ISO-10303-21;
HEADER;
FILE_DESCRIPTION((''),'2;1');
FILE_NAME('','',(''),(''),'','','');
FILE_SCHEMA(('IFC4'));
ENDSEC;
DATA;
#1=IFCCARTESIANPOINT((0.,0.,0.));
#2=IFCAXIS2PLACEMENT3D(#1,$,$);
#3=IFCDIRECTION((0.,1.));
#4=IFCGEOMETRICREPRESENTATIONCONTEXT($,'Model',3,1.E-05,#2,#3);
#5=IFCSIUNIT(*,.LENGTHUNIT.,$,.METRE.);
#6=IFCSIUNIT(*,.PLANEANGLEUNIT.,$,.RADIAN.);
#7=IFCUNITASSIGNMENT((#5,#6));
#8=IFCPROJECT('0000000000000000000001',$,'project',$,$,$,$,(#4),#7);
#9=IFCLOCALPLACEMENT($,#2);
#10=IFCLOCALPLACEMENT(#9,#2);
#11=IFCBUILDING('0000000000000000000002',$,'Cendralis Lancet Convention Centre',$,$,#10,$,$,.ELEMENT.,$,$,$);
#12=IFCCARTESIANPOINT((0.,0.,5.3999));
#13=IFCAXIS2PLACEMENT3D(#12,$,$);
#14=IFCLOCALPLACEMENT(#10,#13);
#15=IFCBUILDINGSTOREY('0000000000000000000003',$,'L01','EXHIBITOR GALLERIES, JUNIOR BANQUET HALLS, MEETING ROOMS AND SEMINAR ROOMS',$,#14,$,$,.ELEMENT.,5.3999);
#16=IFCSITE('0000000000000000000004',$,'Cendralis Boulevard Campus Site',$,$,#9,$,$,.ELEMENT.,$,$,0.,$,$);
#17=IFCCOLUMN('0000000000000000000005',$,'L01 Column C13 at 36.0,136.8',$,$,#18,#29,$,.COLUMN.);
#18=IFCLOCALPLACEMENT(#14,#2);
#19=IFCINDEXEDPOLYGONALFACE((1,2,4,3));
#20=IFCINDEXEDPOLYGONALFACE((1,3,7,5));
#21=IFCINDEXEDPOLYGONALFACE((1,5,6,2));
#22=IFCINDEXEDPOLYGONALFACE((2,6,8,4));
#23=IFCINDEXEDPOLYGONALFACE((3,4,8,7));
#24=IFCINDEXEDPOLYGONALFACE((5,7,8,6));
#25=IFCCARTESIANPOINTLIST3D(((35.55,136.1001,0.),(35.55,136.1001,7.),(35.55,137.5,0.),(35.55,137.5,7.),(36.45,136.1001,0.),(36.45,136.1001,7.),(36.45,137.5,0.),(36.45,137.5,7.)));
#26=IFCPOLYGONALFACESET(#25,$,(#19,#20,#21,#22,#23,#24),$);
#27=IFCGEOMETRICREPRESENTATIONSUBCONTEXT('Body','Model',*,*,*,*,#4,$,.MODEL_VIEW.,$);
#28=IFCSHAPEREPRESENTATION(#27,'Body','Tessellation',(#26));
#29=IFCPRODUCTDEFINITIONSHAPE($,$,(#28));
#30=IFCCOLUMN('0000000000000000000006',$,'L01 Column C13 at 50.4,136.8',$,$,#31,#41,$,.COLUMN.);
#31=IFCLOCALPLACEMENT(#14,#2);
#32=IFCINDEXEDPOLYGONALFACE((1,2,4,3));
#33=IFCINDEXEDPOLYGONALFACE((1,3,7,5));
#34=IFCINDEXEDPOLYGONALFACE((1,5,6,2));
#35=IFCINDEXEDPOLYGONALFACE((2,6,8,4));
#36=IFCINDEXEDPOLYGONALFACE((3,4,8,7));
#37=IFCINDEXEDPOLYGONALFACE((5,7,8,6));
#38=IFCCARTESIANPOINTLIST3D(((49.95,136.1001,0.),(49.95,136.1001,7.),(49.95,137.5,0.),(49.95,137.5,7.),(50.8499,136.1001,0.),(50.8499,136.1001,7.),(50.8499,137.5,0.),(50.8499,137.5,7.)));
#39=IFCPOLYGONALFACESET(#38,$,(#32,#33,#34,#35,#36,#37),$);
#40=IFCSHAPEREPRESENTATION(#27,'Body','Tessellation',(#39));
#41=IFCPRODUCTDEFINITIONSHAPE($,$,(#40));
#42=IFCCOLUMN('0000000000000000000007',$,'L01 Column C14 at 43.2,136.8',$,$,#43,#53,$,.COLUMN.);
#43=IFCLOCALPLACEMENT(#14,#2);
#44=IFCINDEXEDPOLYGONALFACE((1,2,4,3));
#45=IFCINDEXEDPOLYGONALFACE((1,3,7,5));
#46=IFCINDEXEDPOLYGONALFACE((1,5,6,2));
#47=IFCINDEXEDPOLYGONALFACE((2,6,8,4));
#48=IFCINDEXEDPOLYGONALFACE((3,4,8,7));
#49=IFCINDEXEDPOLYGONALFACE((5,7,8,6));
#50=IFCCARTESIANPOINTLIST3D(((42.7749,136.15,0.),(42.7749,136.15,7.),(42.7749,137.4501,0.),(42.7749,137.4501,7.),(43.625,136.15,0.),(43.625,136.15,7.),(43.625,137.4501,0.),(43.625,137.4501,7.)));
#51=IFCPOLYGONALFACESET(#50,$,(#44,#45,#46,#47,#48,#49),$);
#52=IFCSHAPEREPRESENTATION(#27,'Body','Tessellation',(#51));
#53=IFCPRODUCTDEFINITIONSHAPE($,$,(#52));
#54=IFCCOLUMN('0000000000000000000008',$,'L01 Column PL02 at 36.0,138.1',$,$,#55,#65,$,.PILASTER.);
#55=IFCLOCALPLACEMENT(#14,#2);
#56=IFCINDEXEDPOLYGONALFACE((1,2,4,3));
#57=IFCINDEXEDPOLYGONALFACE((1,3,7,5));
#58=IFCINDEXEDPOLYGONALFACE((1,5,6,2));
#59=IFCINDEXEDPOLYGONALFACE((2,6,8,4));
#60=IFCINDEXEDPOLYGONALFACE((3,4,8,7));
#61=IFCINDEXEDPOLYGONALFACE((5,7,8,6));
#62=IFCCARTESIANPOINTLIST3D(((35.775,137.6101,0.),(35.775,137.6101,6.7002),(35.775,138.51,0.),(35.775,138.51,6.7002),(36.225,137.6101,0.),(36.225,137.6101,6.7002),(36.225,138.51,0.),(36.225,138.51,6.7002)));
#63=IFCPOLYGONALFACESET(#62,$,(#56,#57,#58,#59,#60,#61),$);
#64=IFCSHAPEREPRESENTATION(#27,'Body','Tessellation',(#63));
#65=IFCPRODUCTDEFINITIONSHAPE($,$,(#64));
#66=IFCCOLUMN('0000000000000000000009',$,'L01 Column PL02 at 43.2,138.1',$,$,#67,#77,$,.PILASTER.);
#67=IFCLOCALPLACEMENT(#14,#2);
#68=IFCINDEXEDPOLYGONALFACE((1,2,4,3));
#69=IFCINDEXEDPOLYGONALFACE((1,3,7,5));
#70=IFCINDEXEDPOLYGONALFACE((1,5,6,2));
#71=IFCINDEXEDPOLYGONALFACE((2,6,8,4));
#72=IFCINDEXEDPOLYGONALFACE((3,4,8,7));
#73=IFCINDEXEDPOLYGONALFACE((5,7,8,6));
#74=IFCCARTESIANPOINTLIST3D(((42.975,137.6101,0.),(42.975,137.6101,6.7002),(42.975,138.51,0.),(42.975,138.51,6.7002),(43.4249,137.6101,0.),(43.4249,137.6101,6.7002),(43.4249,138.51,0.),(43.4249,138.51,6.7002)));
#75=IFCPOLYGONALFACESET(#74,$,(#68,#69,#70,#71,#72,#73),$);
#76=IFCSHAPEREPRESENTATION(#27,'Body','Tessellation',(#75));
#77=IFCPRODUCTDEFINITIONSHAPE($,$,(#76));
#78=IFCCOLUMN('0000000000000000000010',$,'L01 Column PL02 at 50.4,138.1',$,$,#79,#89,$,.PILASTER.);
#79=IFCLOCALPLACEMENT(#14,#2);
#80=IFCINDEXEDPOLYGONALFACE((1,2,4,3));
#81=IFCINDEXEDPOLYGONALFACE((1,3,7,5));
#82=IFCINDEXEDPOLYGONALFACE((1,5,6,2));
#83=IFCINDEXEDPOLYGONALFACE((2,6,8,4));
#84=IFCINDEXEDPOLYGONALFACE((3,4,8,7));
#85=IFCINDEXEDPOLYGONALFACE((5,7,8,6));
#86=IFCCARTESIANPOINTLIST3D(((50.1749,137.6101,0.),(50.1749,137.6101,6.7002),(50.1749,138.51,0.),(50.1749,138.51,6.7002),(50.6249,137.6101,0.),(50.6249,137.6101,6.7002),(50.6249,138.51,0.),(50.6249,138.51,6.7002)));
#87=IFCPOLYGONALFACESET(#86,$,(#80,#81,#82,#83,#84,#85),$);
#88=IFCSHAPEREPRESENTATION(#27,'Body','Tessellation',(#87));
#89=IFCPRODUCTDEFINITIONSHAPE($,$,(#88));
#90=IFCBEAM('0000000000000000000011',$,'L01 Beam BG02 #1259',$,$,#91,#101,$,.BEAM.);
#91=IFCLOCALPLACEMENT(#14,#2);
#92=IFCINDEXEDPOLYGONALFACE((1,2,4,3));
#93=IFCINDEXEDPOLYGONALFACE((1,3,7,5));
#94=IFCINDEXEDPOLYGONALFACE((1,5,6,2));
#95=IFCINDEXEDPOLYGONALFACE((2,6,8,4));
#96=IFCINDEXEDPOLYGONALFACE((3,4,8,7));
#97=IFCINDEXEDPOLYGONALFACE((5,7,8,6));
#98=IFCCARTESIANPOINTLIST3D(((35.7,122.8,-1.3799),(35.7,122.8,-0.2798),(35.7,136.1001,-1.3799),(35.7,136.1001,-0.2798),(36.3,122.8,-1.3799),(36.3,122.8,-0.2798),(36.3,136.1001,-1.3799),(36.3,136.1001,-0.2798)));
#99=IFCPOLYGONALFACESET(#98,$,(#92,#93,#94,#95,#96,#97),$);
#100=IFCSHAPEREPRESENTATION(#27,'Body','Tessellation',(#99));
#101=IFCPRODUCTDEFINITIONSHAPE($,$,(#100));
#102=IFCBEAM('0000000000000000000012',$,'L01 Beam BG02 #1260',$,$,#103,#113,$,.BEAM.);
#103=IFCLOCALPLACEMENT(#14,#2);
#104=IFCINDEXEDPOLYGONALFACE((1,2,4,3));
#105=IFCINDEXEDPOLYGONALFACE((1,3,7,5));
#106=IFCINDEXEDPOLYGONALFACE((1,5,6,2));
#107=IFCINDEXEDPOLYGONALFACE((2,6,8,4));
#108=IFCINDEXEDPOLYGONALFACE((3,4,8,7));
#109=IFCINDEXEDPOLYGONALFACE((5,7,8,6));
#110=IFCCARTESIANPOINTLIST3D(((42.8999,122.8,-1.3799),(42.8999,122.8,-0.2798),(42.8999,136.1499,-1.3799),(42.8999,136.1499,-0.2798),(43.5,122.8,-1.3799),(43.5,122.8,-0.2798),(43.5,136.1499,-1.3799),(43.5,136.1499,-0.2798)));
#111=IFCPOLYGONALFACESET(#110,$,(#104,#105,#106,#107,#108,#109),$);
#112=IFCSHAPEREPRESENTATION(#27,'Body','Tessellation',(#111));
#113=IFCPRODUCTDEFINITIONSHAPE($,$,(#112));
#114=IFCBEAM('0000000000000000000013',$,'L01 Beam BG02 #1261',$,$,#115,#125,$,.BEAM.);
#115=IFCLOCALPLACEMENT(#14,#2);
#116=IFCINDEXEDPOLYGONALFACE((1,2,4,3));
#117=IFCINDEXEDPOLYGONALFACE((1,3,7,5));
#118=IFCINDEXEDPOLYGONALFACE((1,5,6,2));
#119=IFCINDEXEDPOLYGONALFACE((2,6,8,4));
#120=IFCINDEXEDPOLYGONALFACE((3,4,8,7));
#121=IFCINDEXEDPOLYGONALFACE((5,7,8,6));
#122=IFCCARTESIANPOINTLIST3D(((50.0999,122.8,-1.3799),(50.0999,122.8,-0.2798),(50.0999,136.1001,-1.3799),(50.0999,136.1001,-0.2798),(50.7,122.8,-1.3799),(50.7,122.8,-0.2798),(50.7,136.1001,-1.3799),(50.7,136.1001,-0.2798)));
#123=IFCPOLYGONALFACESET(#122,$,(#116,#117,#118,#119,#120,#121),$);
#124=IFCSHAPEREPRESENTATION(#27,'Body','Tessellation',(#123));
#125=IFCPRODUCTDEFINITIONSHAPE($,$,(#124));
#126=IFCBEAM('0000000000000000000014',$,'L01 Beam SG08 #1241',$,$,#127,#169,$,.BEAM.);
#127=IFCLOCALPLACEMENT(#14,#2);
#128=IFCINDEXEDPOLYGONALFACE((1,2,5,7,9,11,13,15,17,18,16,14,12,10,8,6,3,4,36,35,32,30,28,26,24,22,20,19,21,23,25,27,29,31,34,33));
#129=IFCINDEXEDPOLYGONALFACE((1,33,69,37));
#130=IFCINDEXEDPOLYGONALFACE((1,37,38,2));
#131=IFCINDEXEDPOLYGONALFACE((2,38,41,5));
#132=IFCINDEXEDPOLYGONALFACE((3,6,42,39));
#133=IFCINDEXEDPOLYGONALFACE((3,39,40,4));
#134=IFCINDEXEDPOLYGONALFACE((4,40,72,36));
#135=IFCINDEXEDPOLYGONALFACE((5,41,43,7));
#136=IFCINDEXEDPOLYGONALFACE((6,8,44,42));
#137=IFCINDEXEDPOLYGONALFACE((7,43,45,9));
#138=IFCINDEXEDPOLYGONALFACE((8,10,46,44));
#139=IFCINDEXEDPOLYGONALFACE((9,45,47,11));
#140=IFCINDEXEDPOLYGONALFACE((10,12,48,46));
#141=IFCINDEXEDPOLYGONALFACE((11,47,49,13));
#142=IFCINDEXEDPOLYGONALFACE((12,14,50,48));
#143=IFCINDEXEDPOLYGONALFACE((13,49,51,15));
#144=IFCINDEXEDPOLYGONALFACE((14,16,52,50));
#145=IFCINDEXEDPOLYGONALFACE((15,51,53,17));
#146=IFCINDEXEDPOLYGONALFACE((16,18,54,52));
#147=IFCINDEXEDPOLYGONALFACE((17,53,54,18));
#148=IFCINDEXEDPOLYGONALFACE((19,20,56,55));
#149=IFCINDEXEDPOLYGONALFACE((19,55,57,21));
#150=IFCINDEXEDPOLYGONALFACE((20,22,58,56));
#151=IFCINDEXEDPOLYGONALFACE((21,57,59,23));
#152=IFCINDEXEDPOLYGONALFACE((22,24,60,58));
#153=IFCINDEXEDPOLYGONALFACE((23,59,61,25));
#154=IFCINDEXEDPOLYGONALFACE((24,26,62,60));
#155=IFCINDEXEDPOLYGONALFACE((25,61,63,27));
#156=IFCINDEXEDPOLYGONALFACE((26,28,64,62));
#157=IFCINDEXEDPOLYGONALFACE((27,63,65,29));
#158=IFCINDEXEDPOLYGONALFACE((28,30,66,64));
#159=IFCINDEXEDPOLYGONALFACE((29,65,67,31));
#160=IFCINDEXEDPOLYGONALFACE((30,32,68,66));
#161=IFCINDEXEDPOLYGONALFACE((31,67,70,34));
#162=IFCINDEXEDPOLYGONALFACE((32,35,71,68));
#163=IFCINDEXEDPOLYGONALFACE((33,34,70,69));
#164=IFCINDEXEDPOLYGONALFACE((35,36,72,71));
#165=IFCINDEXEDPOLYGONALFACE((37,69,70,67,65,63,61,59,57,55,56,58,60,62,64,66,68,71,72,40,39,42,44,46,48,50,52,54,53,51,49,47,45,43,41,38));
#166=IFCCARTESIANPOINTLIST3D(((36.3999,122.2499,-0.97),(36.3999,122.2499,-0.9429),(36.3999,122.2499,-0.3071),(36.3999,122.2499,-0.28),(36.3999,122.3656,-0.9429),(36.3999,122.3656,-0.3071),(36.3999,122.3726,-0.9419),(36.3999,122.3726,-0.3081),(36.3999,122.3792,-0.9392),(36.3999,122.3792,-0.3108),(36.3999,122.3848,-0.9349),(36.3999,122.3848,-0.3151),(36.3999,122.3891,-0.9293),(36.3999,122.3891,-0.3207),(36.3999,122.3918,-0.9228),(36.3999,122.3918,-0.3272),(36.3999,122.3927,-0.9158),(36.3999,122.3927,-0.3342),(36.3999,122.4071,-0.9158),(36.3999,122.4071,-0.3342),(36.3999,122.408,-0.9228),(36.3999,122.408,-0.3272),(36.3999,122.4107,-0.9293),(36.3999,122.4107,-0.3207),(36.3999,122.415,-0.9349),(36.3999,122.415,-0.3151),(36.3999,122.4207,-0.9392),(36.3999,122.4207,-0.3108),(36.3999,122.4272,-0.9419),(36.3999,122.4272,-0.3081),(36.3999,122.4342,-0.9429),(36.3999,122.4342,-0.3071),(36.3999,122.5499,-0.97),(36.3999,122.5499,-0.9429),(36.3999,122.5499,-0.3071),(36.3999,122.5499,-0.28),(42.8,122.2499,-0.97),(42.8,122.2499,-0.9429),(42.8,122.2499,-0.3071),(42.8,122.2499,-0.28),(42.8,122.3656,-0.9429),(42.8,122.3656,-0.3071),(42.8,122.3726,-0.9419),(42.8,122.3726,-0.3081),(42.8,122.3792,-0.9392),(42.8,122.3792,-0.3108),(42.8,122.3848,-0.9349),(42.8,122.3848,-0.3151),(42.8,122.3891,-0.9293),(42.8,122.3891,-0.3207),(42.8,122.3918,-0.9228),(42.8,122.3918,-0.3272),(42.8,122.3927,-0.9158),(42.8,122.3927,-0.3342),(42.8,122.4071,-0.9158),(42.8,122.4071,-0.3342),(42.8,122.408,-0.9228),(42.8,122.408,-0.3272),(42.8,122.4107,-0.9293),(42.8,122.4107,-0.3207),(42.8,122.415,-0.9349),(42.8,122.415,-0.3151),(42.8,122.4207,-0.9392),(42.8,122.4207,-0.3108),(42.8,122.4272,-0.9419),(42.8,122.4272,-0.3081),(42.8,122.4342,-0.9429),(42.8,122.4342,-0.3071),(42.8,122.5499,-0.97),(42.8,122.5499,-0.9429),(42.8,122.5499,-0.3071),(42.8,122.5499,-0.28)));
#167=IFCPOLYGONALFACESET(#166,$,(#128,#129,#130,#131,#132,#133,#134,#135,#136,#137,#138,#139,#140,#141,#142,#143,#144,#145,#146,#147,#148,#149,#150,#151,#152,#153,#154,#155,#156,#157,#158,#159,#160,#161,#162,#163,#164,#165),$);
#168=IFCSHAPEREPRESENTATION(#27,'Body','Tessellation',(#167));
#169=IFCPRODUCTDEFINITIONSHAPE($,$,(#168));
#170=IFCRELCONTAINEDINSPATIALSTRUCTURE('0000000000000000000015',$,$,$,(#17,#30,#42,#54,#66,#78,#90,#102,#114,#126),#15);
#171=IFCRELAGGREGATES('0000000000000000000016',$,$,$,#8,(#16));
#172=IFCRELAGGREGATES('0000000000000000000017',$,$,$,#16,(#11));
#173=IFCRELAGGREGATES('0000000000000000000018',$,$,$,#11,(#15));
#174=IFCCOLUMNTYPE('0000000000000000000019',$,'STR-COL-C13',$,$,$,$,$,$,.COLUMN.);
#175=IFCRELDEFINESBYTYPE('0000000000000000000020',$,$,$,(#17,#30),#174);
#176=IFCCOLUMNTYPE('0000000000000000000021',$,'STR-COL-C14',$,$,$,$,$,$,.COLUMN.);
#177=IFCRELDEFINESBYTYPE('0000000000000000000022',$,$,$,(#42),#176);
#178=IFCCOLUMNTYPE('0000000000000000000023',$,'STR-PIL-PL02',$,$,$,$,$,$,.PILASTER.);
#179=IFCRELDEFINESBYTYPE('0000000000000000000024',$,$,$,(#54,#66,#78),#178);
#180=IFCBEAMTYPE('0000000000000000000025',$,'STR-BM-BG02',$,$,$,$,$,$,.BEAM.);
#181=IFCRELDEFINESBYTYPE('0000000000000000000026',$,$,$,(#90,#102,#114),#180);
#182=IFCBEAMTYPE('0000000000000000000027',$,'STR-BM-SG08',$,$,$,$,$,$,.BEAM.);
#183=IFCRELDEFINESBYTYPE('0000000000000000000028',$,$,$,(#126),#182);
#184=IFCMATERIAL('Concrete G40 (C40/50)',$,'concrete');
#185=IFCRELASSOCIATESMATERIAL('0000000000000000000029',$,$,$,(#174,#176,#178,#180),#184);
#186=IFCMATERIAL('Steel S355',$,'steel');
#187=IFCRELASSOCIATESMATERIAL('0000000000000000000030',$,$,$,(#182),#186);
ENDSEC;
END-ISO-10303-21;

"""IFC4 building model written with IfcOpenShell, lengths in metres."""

from ifc_helpers import new_model, si_unit, direction, frame, origin, origin_2d, place, context, subcontext, project, spatial, rectangle, i_section, extrude, material, material_profile, profile_set, type_object, element, save


model = new_model("IFC4")

# Units and contexts
model_context = context("Model", 3, precision=1e-05, world=origin(), true_north=direction((0.0, 1.0)))
body_context = subcontext(model_context, "Body", "Model", "MODEL_VIEW")
ifc_project = project(units=[si_unit("LENGTHUNIT", "METRE"), si_unit("PLANEANGLEUNIT", "RADIAN")], contexts=[model_context])

# Site, building, storey
site_placement = place(None, origin())
site = spatial("IfcSite", under=ifc_project, at=site_placement, Name="Cendralis Boulevard Campus Site", CompositionType="ELEMENT", RefElevation=0.0)
building_placement = place(site_placement, origin())
building = spatial("IfcBuilding", under=site, at=building_placement, Name="Cendralis Lancet Convention Centre", CompositionType="ELEMENT")
storey_placement = place(building_placement, frame((0.0, 0.0, 5.3999)))
storey = spatial("IfcBuildingStorey", under=building, at=storey_placement, Name="L01", Description="EXHIBITOR GALLERIES, JUNIOR BANQUET HALLS, MEETING ROOMS AND SEMINAR ROOMS", CompositionType="ELEMENT", Elevation=5.3999)

# Columns
ifc_material_1 = material(Name="Concrete G40 (C40/50)", Category="concrete")
ifc_material_profile_1 = material_profile(ifc_material_1, rectangle(XDim=0.8999, YDim=1.3999, at=origin_2d()), Name="RC 900x1400")
ifc_profile_set_1 = profile_set([ifc_material_profile_1], Name="Concrete G40 (C40/50)")
column_type_1 = type_object("IfcColumnType", Name="STR-COL-C13", PredefinedType="COLUMN", material=ifc_profile_set_1)
for number, where, z_axis, x_axis, name in (
    (1, (36.0, 136.8, 0.0), (0.0, 0.0, 1.0), (1.0, 0.0, 0.0), "L01 Column C13 at 36.0,136.8"),
    (2, (50.3999, 136.8, 0.0), (0.0, 0.0, 1.0), (1.0, 0.0, 0.0), "L01 Column C13 at 50.4,136.8"),
):
    element("IfcColumn", number, at=place(storey_placement, frame(where, z_axis=z_axis, x_axis=x_axis)), inside=storey, type_object=column_type_1, Name=name, PredefinedType="COLUMN", context=body_context, shape_type="SweptSolid", body=[
        extrude(rectangle(XDim=0.8999, YDim=1.3999, at=origin_2d()), origin(), (0.0, 0.0, 1.0), 7.0),
    ])
ifc_material_profile_2 = material_profile(ifc_material_1, rectangle(XDim=0.8501, YDim=1.3, at=origin_2d()), Name="RC 850x1300")
ifc_profile_set_2 = profile_set([ifc_material_profile_2], Name="Concrete G40 (C40/50)")
column_type_2 = type_object("IfcColumnType", Name="STR-COL-C14", PredefinedType="COLUMN", material=ifc_profile_set_2)
column_placement = place(storey_placement, frame((43.2, 136.8, 0.0), z_axis=(0.0, 0.0, 1.0), x_axis=(1.0, 0.0, 0.0)))
element("IfcColumn", 3, at=column_placement, inside=storey, type_object=column_type_2, Name="L01 Column C14 at 43.2,136.8", PredefinedType="COLUMN", context=body_context, shape_type="SweptSolid", body=[
    extrude(rectangle(XDim=0.8501, YDim=1.3, at=origin_2d()), origin(), (0.0, 0.0, 1.0), 7.0),
])
ifc_material_profile_3 = material_profile(ifc_material_1, rectangle(XDim=0.45, YDim=0.8999, at=origin_2d()), Name="RC 450x900")
ifc_profile_set_3 = profile_set([ifc_material_profile_3], Name="Concrete G40 (C40/50)")
column_type_3 = type_object("IfcColumnType", Name="STR-PIL-PL02", PredefinedType="PILASTER", material=ifc_profile_set_3)
for number, where, z_axis, x_axis, name in (
    (4, (36.0, 138.0601, 0.0), (0.0, 0.0, 1.0), (1.0, 0.0, 0.0), "L01 Column PL02 at 36.0,138.1"),
    (5, (43.2, 138.0601, 0.0), (0.0, 0.0, 1.0), (1.0, 0.0, 0.0), "L01 Column PL02 at 43.2,138.1"),
    (6, (50.3999, 138.0601, 0.0), (0.0, 0.0, 1.0), (1.0, 0.0, 0.0), "L01 Column PL02 at 50.4,138.1"),
):
    element("IfcColumn", number, at=place(storey_placement, frame(where, z_axis=z_axis, x_axis=x_axis)), inside=storey, type_object=column_type_3, Name=name, PredefinedType="PILASTER", context=body_context, shape_type="SweptSolid", body=[
        extrude(rectangle(XDim=0.45, YDim=0.8999, at=origin_2d()), origin(), (0.0, 0.0, 1.0), 6.7002),
    ])

# Beams
ifc_material_profile_4 = material_profile(ifc_material_1, rectangle(XDim=0.6001, YDim=1.1001, at=origin_2d()), Name="RCB 600x1100")
ifc_profile_set_4 = profile_set([ifc_material_profile_4], Name="Concrete G40 (C40/50)")
beam_type_1 = type_object("IfcBeamType", Name="STR-BM-BG02", PredefinedType="BEAM", material=ifc_profile_set_4)
beam_1_placement = place(storey_placement, frame((36.0, 122.8, -0.8298), z_axis=(0.0, 1.0, 0.0), x_axis=(-1.0, 0.0, 0.0)))
element("IfcBeam", 7, at=beam_1_placement, inside=storey, type_object=beam_type_1, Name="L01 Beam BG02 #1259", PredefinedType="BEAM", context=body_context, shape_type="SweptSolid", body=[
    extrude(rectangle(XDim=0.6001, YDim=1.1001, at=origin_2d()), origin(), (0.0, 0.0, 1.0), 13.3),
])
beam_2_placement = place(storey_placement, frame((43.2, 122.8, -0.8298), z_axis=(0.0, 1.0, 0.0), x_axis=(-1.0, 0.0, 0.0)))
element("IfcBeam", 8, at=beam_2_placement, inside=storey, type_object=beam_type_1, Name="L01 Beam BG02 #1260", PredefinedType="BEAM", context=body_context, shape_type="SweptSolid", body=[
    extrude(rectangle(XDim=0.6001, YDim=1.1001, at=origin_2d()), origin(), (0.0, 0.0, 1.0), 13.3499),
])
beam_3_placement = place(storey_placement, frame((50.3999, 122.8, -0.8298), z_axis=(0.0, 1.0, 0.0), x_axis=(-1.0, 0.0, 0.0)))
element("IfcBeam", 9, at=beam_3_placement, inside=storey, type_object=beam_type_1, Name="L01 Beam BG02 #1261", PredefinedType="BEAM", context=body_context, shape_type="SweptSolid", body=[
    extrude(rectangle(XDim=0.6001, YDim=1.1001, at=origin_2d()), origin(), (0.0, 0.0, 1.0), 13.3),
])
ifc_material_2 = material(Name="Steel S355", Category="steel")
ifc_material_profile_5 = material_profile(ifc_material_2, i_section(OverallWidth=0.3, OverallDepth=0.6899, WebThickness=0.0144, FlangeThickness=0.0271, FilletRadius=0.0271, at=origin_2d()), Name="HEA 700")
ifc_profile_set_5 = profile_set([ifc_material_profile_5], Name="Steel S355")
beam_type_2 = type_object("IfcBeamType", Name="STR-BM-SG08", PredefinedType="BEAM", material=ifc_profile_set_5)
beam_4_placement = place(storey_placement, frame((36.3999, 122.3999, -0.625), z_axis=(1.0, 0.0, 0.0), x_axis=(0.0, 1.0, 0.0)))
element("IfcBeam", 10, at=beam_4_placement, inside=storey, type_object=beam_type_2, Name="L01 Beam SG08 #1241", PredefinedType="BEAM", context=body_context, shape_type="SweptSolid", body=[
    extrude(i_section(OverallWidth=0.3, OverallDepth=0.6899, WebThickness=0.0144, FlangeThickness=0.0271, FilletRadius=0.0271, at=origin_2d()), origin(), (0.0, 0.0, 1.0), 6.4001),
])

save(model, "model.ifc")
